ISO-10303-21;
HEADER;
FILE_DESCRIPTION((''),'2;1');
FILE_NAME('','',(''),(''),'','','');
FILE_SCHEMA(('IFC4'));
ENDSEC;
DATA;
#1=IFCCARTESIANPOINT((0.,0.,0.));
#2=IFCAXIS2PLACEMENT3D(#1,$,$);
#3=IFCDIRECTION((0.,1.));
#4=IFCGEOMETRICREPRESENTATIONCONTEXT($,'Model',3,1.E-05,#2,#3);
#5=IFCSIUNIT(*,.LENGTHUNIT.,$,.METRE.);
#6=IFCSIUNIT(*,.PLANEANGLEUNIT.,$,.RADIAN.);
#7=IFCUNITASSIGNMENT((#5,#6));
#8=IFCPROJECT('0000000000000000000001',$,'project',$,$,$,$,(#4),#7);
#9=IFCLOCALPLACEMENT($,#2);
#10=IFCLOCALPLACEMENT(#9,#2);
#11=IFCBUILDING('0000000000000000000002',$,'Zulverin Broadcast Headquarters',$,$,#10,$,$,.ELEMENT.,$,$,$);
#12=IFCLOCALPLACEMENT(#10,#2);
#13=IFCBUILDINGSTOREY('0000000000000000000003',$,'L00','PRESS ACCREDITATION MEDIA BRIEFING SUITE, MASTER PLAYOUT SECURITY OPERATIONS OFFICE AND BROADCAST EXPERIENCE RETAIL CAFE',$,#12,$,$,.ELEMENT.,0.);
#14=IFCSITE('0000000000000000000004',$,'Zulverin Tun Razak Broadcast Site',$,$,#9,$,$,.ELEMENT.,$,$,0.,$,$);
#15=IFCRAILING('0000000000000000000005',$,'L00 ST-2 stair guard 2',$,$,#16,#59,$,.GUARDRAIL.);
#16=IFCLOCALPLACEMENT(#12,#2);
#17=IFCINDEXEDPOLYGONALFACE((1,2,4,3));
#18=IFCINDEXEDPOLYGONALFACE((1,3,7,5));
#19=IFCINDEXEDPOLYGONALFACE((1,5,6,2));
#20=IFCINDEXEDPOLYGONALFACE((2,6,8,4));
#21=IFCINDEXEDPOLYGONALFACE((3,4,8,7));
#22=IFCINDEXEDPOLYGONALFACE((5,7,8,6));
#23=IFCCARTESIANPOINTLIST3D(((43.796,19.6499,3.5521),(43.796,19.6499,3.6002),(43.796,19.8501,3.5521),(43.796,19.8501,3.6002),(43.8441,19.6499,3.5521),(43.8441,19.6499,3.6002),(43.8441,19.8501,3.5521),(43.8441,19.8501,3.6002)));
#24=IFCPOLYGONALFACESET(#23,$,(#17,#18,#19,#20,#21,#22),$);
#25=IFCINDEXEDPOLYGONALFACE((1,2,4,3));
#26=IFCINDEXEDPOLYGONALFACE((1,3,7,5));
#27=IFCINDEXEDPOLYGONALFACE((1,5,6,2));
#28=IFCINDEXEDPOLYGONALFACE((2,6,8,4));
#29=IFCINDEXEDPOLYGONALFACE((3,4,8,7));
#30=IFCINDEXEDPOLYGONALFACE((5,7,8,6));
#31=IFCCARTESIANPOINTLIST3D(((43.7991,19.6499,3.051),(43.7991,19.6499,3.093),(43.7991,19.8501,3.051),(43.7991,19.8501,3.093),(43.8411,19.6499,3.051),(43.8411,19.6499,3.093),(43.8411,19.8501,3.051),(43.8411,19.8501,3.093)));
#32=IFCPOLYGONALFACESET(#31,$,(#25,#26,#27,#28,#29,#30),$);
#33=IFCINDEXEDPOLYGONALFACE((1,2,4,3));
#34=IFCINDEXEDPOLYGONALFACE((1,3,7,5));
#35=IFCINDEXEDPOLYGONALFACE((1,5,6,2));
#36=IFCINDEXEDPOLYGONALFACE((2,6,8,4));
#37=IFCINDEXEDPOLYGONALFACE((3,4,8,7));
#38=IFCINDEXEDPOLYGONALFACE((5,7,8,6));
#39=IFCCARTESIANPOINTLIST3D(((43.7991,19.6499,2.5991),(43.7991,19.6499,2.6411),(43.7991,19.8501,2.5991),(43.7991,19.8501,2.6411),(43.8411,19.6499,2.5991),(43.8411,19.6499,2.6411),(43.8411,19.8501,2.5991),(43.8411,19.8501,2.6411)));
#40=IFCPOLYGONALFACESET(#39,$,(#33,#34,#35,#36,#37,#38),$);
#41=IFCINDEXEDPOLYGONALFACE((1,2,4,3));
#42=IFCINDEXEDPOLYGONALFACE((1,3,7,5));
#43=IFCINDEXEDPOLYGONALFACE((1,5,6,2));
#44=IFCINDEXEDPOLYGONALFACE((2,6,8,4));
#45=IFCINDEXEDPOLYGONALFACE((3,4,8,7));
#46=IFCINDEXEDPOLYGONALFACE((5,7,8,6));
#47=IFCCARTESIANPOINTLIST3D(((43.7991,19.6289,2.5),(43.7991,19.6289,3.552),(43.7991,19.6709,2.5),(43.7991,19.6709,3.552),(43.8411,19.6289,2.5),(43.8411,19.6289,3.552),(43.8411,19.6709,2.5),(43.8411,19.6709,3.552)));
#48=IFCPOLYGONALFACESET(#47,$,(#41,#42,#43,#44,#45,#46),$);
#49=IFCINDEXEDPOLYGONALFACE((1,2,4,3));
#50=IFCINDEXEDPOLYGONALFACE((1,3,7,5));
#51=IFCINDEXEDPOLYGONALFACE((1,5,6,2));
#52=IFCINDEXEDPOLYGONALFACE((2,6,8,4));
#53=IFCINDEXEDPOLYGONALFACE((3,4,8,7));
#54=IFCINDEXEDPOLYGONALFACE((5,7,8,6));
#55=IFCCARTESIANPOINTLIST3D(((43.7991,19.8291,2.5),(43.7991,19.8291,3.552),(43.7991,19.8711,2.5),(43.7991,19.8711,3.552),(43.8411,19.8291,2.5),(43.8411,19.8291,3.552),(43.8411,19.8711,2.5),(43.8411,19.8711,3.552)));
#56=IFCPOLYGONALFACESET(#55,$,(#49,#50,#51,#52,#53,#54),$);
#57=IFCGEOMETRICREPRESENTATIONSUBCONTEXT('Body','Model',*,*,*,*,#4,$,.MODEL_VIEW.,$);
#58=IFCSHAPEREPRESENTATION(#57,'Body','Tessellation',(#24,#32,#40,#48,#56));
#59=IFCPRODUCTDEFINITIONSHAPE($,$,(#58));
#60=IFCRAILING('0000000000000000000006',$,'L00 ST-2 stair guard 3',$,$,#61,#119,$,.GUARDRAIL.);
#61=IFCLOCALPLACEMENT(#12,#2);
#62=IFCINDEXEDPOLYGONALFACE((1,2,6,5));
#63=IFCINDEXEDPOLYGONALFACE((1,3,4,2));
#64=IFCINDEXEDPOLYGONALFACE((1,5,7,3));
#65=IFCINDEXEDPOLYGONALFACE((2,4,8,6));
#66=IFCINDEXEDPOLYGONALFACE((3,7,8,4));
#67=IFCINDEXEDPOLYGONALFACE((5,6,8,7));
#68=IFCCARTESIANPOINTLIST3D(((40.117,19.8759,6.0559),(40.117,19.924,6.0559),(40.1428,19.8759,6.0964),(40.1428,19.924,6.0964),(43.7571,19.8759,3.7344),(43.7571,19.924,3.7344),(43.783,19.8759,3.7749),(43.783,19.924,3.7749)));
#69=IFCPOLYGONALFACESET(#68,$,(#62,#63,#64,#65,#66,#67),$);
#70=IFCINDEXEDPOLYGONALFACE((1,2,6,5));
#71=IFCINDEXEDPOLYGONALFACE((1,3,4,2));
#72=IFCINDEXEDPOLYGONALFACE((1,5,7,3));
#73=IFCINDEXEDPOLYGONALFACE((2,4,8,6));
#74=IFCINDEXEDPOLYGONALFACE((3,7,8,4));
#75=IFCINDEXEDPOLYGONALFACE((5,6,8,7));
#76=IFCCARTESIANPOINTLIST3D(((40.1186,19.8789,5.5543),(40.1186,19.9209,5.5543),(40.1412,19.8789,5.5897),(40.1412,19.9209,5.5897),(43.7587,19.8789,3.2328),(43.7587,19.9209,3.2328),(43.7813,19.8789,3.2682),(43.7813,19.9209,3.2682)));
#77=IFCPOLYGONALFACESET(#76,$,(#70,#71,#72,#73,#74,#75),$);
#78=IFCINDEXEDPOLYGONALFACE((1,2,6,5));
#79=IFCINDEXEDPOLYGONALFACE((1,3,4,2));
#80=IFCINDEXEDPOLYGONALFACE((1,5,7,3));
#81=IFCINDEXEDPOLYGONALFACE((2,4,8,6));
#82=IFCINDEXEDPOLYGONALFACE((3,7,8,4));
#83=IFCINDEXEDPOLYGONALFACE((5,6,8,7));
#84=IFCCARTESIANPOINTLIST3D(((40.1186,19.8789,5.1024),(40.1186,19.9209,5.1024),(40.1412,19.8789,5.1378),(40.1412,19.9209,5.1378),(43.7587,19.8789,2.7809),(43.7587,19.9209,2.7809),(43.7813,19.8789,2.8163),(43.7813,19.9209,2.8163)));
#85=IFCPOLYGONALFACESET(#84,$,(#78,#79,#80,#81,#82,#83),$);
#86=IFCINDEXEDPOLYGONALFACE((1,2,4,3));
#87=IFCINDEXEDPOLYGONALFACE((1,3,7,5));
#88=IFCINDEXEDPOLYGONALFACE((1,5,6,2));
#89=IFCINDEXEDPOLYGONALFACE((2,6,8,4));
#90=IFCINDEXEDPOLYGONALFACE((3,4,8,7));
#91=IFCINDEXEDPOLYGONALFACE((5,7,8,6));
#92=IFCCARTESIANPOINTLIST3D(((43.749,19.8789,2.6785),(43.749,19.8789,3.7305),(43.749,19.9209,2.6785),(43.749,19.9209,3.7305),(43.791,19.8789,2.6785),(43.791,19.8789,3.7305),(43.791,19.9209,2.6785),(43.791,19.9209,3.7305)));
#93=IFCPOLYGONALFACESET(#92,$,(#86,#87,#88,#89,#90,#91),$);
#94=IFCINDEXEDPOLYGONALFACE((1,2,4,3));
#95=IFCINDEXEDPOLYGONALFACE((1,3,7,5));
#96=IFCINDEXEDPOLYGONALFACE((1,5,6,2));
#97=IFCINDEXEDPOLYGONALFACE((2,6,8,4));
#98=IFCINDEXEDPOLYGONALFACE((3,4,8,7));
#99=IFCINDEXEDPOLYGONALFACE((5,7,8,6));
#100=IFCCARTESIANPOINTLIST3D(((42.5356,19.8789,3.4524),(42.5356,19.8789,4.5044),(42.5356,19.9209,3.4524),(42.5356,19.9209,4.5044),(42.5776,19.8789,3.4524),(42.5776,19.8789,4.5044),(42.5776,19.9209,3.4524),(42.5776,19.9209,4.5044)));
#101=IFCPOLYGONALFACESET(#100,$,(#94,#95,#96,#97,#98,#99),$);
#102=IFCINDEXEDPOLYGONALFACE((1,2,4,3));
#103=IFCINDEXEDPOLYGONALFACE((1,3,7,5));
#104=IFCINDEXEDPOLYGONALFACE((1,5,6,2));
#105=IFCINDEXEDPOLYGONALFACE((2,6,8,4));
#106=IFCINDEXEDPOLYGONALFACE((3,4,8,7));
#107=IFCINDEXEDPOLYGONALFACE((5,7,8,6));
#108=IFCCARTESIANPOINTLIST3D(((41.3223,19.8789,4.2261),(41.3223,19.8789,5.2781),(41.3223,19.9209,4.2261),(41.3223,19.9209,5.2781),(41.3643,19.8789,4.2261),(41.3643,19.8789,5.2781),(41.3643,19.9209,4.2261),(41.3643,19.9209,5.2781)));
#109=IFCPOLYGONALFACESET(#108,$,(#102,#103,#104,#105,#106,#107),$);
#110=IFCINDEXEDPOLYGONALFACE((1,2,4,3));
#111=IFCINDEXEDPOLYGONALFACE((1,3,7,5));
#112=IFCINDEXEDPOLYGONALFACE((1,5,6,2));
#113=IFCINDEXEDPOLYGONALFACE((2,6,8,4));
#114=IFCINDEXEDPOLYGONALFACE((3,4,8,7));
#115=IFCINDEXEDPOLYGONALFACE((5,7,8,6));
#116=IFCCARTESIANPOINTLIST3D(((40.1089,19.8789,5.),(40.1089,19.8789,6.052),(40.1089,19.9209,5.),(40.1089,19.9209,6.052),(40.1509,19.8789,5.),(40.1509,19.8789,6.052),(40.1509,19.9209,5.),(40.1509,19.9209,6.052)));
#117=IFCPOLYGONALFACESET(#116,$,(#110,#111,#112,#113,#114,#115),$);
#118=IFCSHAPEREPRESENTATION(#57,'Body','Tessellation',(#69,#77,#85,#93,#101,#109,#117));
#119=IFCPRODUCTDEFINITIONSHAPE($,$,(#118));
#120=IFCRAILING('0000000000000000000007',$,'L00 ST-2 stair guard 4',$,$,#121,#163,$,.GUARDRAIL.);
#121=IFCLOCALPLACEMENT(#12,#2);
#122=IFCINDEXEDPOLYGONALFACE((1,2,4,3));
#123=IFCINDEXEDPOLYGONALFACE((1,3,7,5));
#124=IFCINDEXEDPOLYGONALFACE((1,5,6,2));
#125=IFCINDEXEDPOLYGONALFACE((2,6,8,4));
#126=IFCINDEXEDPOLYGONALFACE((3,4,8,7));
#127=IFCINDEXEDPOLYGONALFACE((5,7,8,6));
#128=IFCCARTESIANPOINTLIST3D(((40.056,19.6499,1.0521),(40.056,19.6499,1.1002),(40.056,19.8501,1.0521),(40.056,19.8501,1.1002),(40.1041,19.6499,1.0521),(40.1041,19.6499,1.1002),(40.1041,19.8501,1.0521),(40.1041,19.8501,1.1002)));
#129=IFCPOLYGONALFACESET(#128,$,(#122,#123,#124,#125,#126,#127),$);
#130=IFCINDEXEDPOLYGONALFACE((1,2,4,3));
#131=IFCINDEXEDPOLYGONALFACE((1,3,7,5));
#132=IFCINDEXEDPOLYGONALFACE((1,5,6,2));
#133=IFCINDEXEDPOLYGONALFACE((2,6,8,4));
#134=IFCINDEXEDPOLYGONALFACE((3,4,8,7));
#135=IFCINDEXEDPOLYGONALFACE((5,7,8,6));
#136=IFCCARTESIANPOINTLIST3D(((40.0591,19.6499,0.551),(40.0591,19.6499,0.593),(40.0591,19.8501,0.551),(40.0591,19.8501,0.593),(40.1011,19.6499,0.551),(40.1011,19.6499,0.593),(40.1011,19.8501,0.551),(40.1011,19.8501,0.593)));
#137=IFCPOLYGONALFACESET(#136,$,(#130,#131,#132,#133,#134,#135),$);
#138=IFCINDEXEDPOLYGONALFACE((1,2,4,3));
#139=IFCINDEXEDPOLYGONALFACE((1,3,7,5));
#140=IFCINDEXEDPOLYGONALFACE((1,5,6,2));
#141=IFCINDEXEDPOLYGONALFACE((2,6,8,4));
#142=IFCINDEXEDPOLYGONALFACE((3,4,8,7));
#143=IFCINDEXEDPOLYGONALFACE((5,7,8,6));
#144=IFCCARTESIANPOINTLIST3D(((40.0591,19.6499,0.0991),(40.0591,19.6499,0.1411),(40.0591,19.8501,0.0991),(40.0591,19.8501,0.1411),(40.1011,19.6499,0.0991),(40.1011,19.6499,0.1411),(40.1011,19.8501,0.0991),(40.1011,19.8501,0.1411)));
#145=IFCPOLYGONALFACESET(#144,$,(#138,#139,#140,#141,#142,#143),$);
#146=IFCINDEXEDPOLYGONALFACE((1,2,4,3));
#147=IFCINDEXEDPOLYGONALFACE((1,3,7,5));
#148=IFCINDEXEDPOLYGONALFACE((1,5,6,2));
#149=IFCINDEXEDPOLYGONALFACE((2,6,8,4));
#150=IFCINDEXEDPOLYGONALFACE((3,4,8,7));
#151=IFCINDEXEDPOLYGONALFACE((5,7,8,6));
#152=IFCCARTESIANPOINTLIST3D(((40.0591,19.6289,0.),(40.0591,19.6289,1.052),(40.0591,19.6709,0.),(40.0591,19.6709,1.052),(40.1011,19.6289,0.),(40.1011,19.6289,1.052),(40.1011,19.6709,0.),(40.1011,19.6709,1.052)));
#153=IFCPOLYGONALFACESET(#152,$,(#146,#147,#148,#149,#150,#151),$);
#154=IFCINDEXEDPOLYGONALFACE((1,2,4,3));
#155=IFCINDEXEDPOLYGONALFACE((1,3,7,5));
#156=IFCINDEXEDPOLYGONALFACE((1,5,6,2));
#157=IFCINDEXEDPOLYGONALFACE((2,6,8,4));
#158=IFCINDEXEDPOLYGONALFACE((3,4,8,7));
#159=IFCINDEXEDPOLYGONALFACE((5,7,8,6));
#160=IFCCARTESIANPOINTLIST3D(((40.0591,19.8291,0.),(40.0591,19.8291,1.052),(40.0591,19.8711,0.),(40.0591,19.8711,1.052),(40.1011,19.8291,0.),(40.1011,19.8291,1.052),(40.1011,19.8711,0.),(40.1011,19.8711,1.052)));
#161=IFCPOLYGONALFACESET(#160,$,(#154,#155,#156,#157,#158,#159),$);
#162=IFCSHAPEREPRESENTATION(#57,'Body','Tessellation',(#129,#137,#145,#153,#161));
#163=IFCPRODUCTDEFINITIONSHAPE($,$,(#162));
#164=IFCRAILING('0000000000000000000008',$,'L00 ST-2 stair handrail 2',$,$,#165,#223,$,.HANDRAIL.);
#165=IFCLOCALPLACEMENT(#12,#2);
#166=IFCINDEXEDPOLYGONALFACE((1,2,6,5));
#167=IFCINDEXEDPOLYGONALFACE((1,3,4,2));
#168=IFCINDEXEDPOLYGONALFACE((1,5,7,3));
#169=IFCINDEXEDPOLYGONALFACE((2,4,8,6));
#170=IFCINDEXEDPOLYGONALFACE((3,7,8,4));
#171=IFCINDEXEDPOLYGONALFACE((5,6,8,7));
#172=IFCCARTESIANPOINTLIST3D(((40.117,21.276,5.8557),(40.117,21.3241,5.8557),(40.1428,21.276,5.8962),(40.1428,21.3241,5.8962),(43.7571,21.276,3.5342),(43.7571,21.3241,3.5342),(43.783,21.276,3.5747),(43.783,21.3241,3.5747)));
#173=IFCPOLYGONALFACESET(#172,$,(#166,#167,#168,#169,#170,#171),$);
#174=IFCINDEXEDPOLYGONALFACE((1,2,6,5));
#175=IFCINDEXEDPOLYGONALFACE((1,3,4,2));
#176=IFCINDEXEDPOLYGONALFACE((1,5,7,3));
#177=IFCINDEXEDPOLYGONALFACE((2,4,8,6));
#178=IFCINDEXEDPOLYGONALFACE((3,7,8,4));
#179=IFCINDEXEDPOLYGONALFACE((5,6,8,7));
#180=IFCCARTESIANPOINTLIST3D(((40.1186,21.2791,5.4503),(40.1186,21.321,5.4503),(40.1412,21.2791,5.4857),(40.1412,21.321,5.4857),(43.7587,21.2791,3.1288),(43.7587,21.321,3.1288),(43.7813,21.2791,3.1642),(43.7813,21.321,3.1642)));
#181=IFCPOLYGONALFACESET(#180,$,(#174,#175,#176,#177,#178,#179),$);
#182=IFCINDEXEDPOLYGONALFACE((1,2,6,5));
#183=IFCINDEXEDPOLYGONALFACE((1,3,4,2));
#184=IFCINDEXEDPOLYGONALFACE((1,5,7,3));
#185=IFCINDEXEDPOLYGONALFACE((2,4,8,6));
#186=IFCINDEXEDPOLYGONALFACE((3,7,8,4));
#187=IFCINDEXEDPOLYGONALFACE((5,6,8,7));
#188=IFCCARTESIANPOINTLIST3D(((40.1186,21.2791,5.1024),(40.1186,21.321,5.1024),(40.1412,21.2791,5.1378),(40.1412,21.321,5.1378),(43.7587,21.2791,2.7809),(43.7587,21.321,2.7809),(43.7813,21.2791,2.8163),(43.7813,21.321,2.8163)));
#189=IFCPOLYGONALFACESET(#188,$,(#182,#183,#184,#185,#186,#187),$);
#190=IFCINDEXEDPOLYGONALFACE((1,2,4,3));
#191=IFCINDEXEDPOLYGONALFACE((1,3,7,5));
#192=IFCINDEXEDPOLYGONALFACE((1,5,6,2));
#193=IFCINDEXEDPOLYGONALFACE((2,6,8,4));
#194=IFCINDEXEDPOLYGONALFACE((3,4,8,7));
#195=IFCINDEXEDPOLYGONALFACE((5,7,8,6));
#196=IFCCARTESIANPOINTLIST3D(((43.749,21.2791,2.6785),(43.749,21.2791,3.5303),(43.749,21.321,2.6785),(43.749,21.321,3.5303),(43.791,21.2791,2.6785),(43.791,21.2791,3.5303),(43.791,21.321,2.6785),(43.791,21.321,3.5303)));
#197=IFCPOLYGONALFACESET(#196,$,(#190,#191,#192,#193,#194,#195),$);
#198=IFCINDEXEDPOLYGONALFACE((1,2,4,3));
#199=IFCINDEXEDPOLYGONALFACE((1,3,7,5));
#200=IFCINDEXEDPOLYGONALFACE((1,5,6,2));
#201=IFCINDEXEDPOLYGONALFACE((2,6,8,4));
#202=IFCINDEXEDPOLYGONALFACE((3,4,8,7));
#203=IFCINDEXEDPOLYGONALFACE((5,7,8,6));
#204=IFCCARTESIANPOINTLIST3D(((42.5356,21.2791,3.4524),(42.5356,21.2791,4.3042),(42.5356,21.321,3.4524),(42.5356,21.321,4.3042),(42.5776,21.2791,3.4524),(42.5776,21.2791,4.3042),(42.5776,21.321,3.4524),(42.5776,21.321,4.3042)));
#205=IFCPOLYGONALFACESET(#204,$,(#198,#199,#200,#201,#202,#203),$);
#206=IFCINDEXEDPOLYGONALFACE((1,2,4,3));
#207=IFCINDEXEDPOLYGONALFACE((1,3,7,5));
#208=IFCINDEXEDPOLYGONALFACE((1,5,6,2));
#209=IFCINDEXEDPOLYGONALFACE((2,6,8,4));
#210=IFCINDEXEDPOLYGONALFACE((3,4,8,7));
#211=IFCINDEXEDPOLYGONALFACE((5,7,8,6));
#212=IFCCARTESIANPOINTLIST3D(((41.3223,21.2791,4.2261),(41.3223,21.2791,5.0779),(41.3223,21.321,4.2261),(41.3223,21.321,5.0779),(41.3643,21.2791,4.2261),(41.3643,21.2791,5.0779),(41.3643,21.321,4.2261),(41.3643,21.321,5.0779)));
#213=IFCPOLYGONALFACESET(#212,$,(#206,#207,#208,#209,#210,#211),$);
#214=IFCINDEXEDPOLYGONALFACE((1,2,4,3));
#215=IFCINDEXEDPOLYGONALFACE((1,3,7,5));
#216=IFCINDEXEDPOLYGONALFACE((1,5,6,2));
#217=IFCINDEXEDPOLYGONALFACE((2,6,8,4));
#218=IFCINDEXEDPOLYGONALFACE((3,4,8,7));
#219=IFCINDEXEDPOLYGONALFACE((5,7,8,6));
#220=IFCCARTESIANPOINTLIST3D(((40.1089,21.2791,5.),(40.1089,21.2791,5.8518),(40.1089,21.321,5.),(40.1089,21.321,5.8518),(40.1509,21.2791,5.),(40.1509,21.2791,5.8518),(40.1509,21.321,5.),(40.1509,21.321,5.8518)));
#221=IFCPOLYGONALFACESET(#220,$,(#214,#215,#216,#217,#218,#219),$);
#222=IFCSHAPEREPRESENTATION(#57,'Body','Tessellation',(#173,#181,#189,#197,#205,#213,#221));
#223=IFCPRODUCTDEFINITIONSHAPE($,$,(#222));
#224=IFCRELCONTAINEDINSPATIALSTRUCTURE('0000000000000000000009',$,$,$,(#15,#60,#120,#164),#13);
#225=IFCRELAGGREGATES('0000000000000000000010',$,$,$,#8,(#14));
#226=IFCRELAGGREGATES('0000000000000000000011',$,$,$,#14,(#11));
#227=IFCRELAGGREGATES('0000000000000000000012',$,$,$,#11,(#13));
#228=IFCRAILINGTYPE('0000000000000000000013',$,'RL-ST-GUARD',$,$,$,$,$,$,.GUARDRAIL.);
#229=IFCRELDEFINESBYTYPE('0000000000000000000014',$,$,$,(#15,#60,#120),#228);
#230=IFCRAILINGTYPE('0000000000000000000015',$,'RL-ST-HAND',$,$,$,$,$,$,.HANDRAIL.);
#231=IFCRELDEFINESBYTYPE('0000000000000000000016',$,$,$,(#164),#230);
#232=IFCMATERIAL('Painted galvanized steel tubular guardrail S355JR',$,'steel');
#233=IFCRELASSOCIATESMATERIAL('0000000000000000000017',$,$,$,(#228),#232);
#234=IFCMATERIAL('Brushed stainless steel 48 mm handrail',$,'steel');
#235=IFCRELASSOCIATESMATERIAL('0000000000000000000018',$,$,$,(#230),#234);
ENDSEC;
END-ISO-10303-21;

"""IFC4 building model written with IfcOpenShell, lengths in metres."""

from ifc_helpers import new_model, si_unit, direction, frame, origin, origin_2d, place, context, subcontext, project, spatial, rectangle, extrude, material, type_object, element, save


model = new_model("IFC4")

# Units and contexts
model_context = context("Model", 3, precision=1e-05, world=origin(), true_north=direction((0.0, 1.0)))
body_context = subcontext(model_context, "Body", "Model", "MODEL_VIEW")
ifc_project = project(units=[si_unit("LENGTHUNIT", "METRE"), si_unit("PLANEANGLEUNIT", "RADIAN")], contexts=[model_context])

# Site, building, storey
site_placement = place(None, origin())
site = spatial("IfcSite", under=ifc_project, at=site_placement, Name="Zulverin Tun Razak Broadcast Site", CompositionType="ELEMENT", RefElevation=0.0)
building_placement = place(site_placement, origin())
building = spatial("IfcBuilding", under=site, at=building_placement, Name="Zulverin Broadcast Headquarters", CompositionType="ELEMENT")
storey_placement = place(building_placement, origin())
storey = spatial("IfcBuildingStorey", under=building, at=storey_placement, Name="L00", Description="PRESS ACCREDITATION MEDIA BRIEFING SUITE, MASTER PLAYOUT SECURITY OPERATIONS OFFICE AND BROADCAST EXPERIENCE RETAIL CAFE", CompositionType="ELEMENT", Elevation=0.0)

# Railings
ifc_material_1 = material(Name="Painted galvanized steel tubular guardrail S355JR", Category="steel")
railing_type_1 = type_object("IfcRailingType", Name="RL-ST-GUARD", PredefinedType="GUARDRAIL", material=ifc_material_1)
railing_1_placement = place(storey_placement, frame((43.8201, 19.6499, 2.5)))
element("IfcRailing", 1, at=railing_1_placement, inside=storey, type_object=railing_type_1, Name="L00 ST-2 stair guard 2", PredefinedType="GUARDRAIL", context=body_context, shape_type="SweptSolid", body=[
    extrude(rectangle(XDim=0.0481, YDim=0.0481, at=origin_2d()), frame((0.0, 0.0, 1.0762), z_axis=(0.0, 1.0, 0.0), x_axis=(-1.0, 0.0, 0.0)), (0.0, 0.0, 1.0), 0.2002),
    extrude(rectangle(XDim=0.042, YDim=0.042, at=origin_2d()), frame((0.0, 0.0, 0.572), z_axis=(0.0, 1.0, 0.0), x_axis=(-1.0, 0.0, 0.0)), (0.0, 0.0, 1.0), 0.2002),
    extrude(rectangle(XDim=0.042, YDim=0.042, at=origin_2d()), frame((0.0, 0.0, 0.1201), z_axis=(0.0, 1.0, 0.0), x_axis=(-1.0, 0.0, 0.0)), (0.0, 0.0, 1.0), 0.2002),
    extrude(rectangle(XDim=0.042, YDim=0.042, at=origin_2d()), origin(), (0.0, 0.0, 1.0), 1.052),
    extrude(rectangle(XDim=0.042, YDim=0.042, at=origin_2d()), frame((0.0, 0.2002, 0.0)), (0.0, 0.0, 1.0), 1.052),
])
railing_2_placement = place(storey_placement, frame((43.77, 19.8999, 2.6785)))
element("IfcRailing", 2, at=railing_2_placement, inside=storey, type_object=railing_type_1, Name="L00 ST-2 stair guard 3", PredefinedType="GUARDRAIL", context=body_context, shape_type="SweptSolid", body=[
    extrude(rectangle(XDim=0.0481, YDim=0.0481, at=origin_2d()), frame((0.0, 0.0, 1.0762), z_axis=(-0.843128, 0.0, 0.537713), x_axis=(0.0, -1.0, 0.0)), (0.0, 0.0, 1.0), 4.3174),
    extrude(rectangle(XDim=0.042, YDim=0.042, at=origin_2d()), frame((0.0, 0.0, 0.572), z_axis=(-0.843128, 0.0, 0.537713), x_axis=(0.0, -1.0, 0.0)), (0.0, 0.0, 1.0), 4.3174),
    extrude(rectangle(XDim=0.042, YDim=0.042, at=origin_2d()), frame((0.0, 0.0, 0.1201), z_axis=(-0.843128, 0.0, 0.537713), x_axis=(0.0, -1.0, 0.0)), (0.0, 0.0, 1.0), 4.3174),
    extrude(rectangle(XDim=0.042, YDim=0.042, at=origin_2d()), origin(), (0.0, 0.0, 1.0), 1.052),
    extrude(rectangle(XDim=0.042, YDim=0.042, at=origin_2d()), frame((-1.2134, 0.0, 0.7739)), (0.0, 0.0, 1.0), 1.052),
    extrude(rectangle(XDim=0.042, YDim=0.042, at=origin_2d()), frame((-2.4268, 0.0, 1.5476)), (0.0, 0.0, 1.0), 1.052),
    extrude(rectangle(XDim=0.042, YDim=0.042, at=origin_2d()), frame((-3.6401, 0.0, 2.3215)), (0.0, 0.0, 1.0), 1.052),
])
railing_3_placement = place(storey_placement, frame((40.0801, 19.6499, 0.0)))
element("IfcRailing", 3, at=railing_3_placement, inside=storey, type_object=railing_type_1, Name="L00 ST-2 stair guard 4", PredefinedType="GUARDRAIL", context=body_context, shape_type="SweptSolid", body=[
    extrude(rectangle(XDim=0.0481, YDim=0.0481, at=origin_2d()), frame((0.0, 0.0, 1.0762), z_axis=(0.0, 1.0, 0.0), x_axis=(-1.0, 0.0, 0.0)), (0.0, 0.0, 1.0), 0.2002),
    extrude(rectangle(XDim=0.042, YDim=0.042, at=origin_2d()), frame((0.0, 0.0, 0.572), z_axis=(0.0, 1.0, 0.0), x_axis=(-1.0, 0.0, 0.0)), (0.0, 0.0, 1.0), 0.2002),
    extrude(rectangle(XDim=0.042, YDim=0.042, at=origin_2d()), frame((0.0, 0.0, 0.1201), z_axis=(0.0, 1.0, 0.0), x_axis=(-1.0, 0.0, 0.0)), (0.0, 0.0, 1.0), 0.2002),
    extrude(rectangle(XDim=0.042, YDim=0.042, at=origin_2d()), origin(), (0.0, 0.0, 1.0), 1.052),
    extrude(rectangle(XDim=0.042, YDim=0.042, at=origin_2d()), frame((0.0, 0.2002, 0.0)), (0.0, 0.0, 1.0), 1.052),
])
ifc_material_2 = material(Name="Brushed stainless steel 48 mm handrail", Category="steel")
railing_type_2 = type_object("IfcRailingType", Name="RL-ST-HAND", PredefinedType="HANDRAIL", material=ifc_material_2)
railing_4_placement = place(storey_placement, frame((43.77, 21.3, 2.6785)))
element("IfcRailing", 4, at=railing_4_placement, inside=storey, type_object=railing_type_2, Name="L00 ST-2 stair handrail 2", PredefinedType="HANDRAIL", context=body_context, shape_type="SweptSolid", body=[
    extrude(rectangle(XDim=0.0481, YDim=0.0481, at=origin_2d()), frame((0.0, 0.0, 0.876), z_axis=(-0.843128, 0.0, 0.537713), x_axis=(0.0, -1.0, 0.0)), (0.0, 0.0, 1.0), 4.3174),
    extrude(rectangle(XDim=0.042, YDim=0.042, at=origin_2d()), frame((0.0, 0.0, 0.468), z_axis=(-0.843128, 0.0, 0.537713), x_axis=(0.0, -1.0, 0.0)), (0.0, 0.0, 1.0), 4.3174),
    extrude(rectangle(XDim=0.042, YDim=0.042, at=origin_2d()), frame((0.0, 0.0, 0.1201), z_axis=(-0.843128, 0.0, 0.537713), x_axis=(0.0, -1.0, 0.0)), (0.0, 0.0, 1.0), 4.3174),
    extrude(rectangle(XDim=0.042, YDim=0.042, at=origin_2d()), origin(), (0.0, 0.0, 1.0), 0.8518),
    extrude(rectangle(XDim=0.042, YDim=0.042, at=origin_2d()), frame((-1.2134, 0.0, 0.7739)), (0.0, 0.0, 1.0), 0.8518),
    extrude(rectangle(XDim=0.042, YDim=0.042, at=origin_2d()), frame((-2.4268, 0.0, 1.5476)), (0.0, 0.0, 1.0), 0.8518),
    extrude(rectangle(XDim=0.042, YDim=0.042, at=origin_2d()), frame((-3.6401, 0.0, 2.3215)), (0.0, 0.0, 1.0), 0.8518),
])

save(model, "model.ifc")
